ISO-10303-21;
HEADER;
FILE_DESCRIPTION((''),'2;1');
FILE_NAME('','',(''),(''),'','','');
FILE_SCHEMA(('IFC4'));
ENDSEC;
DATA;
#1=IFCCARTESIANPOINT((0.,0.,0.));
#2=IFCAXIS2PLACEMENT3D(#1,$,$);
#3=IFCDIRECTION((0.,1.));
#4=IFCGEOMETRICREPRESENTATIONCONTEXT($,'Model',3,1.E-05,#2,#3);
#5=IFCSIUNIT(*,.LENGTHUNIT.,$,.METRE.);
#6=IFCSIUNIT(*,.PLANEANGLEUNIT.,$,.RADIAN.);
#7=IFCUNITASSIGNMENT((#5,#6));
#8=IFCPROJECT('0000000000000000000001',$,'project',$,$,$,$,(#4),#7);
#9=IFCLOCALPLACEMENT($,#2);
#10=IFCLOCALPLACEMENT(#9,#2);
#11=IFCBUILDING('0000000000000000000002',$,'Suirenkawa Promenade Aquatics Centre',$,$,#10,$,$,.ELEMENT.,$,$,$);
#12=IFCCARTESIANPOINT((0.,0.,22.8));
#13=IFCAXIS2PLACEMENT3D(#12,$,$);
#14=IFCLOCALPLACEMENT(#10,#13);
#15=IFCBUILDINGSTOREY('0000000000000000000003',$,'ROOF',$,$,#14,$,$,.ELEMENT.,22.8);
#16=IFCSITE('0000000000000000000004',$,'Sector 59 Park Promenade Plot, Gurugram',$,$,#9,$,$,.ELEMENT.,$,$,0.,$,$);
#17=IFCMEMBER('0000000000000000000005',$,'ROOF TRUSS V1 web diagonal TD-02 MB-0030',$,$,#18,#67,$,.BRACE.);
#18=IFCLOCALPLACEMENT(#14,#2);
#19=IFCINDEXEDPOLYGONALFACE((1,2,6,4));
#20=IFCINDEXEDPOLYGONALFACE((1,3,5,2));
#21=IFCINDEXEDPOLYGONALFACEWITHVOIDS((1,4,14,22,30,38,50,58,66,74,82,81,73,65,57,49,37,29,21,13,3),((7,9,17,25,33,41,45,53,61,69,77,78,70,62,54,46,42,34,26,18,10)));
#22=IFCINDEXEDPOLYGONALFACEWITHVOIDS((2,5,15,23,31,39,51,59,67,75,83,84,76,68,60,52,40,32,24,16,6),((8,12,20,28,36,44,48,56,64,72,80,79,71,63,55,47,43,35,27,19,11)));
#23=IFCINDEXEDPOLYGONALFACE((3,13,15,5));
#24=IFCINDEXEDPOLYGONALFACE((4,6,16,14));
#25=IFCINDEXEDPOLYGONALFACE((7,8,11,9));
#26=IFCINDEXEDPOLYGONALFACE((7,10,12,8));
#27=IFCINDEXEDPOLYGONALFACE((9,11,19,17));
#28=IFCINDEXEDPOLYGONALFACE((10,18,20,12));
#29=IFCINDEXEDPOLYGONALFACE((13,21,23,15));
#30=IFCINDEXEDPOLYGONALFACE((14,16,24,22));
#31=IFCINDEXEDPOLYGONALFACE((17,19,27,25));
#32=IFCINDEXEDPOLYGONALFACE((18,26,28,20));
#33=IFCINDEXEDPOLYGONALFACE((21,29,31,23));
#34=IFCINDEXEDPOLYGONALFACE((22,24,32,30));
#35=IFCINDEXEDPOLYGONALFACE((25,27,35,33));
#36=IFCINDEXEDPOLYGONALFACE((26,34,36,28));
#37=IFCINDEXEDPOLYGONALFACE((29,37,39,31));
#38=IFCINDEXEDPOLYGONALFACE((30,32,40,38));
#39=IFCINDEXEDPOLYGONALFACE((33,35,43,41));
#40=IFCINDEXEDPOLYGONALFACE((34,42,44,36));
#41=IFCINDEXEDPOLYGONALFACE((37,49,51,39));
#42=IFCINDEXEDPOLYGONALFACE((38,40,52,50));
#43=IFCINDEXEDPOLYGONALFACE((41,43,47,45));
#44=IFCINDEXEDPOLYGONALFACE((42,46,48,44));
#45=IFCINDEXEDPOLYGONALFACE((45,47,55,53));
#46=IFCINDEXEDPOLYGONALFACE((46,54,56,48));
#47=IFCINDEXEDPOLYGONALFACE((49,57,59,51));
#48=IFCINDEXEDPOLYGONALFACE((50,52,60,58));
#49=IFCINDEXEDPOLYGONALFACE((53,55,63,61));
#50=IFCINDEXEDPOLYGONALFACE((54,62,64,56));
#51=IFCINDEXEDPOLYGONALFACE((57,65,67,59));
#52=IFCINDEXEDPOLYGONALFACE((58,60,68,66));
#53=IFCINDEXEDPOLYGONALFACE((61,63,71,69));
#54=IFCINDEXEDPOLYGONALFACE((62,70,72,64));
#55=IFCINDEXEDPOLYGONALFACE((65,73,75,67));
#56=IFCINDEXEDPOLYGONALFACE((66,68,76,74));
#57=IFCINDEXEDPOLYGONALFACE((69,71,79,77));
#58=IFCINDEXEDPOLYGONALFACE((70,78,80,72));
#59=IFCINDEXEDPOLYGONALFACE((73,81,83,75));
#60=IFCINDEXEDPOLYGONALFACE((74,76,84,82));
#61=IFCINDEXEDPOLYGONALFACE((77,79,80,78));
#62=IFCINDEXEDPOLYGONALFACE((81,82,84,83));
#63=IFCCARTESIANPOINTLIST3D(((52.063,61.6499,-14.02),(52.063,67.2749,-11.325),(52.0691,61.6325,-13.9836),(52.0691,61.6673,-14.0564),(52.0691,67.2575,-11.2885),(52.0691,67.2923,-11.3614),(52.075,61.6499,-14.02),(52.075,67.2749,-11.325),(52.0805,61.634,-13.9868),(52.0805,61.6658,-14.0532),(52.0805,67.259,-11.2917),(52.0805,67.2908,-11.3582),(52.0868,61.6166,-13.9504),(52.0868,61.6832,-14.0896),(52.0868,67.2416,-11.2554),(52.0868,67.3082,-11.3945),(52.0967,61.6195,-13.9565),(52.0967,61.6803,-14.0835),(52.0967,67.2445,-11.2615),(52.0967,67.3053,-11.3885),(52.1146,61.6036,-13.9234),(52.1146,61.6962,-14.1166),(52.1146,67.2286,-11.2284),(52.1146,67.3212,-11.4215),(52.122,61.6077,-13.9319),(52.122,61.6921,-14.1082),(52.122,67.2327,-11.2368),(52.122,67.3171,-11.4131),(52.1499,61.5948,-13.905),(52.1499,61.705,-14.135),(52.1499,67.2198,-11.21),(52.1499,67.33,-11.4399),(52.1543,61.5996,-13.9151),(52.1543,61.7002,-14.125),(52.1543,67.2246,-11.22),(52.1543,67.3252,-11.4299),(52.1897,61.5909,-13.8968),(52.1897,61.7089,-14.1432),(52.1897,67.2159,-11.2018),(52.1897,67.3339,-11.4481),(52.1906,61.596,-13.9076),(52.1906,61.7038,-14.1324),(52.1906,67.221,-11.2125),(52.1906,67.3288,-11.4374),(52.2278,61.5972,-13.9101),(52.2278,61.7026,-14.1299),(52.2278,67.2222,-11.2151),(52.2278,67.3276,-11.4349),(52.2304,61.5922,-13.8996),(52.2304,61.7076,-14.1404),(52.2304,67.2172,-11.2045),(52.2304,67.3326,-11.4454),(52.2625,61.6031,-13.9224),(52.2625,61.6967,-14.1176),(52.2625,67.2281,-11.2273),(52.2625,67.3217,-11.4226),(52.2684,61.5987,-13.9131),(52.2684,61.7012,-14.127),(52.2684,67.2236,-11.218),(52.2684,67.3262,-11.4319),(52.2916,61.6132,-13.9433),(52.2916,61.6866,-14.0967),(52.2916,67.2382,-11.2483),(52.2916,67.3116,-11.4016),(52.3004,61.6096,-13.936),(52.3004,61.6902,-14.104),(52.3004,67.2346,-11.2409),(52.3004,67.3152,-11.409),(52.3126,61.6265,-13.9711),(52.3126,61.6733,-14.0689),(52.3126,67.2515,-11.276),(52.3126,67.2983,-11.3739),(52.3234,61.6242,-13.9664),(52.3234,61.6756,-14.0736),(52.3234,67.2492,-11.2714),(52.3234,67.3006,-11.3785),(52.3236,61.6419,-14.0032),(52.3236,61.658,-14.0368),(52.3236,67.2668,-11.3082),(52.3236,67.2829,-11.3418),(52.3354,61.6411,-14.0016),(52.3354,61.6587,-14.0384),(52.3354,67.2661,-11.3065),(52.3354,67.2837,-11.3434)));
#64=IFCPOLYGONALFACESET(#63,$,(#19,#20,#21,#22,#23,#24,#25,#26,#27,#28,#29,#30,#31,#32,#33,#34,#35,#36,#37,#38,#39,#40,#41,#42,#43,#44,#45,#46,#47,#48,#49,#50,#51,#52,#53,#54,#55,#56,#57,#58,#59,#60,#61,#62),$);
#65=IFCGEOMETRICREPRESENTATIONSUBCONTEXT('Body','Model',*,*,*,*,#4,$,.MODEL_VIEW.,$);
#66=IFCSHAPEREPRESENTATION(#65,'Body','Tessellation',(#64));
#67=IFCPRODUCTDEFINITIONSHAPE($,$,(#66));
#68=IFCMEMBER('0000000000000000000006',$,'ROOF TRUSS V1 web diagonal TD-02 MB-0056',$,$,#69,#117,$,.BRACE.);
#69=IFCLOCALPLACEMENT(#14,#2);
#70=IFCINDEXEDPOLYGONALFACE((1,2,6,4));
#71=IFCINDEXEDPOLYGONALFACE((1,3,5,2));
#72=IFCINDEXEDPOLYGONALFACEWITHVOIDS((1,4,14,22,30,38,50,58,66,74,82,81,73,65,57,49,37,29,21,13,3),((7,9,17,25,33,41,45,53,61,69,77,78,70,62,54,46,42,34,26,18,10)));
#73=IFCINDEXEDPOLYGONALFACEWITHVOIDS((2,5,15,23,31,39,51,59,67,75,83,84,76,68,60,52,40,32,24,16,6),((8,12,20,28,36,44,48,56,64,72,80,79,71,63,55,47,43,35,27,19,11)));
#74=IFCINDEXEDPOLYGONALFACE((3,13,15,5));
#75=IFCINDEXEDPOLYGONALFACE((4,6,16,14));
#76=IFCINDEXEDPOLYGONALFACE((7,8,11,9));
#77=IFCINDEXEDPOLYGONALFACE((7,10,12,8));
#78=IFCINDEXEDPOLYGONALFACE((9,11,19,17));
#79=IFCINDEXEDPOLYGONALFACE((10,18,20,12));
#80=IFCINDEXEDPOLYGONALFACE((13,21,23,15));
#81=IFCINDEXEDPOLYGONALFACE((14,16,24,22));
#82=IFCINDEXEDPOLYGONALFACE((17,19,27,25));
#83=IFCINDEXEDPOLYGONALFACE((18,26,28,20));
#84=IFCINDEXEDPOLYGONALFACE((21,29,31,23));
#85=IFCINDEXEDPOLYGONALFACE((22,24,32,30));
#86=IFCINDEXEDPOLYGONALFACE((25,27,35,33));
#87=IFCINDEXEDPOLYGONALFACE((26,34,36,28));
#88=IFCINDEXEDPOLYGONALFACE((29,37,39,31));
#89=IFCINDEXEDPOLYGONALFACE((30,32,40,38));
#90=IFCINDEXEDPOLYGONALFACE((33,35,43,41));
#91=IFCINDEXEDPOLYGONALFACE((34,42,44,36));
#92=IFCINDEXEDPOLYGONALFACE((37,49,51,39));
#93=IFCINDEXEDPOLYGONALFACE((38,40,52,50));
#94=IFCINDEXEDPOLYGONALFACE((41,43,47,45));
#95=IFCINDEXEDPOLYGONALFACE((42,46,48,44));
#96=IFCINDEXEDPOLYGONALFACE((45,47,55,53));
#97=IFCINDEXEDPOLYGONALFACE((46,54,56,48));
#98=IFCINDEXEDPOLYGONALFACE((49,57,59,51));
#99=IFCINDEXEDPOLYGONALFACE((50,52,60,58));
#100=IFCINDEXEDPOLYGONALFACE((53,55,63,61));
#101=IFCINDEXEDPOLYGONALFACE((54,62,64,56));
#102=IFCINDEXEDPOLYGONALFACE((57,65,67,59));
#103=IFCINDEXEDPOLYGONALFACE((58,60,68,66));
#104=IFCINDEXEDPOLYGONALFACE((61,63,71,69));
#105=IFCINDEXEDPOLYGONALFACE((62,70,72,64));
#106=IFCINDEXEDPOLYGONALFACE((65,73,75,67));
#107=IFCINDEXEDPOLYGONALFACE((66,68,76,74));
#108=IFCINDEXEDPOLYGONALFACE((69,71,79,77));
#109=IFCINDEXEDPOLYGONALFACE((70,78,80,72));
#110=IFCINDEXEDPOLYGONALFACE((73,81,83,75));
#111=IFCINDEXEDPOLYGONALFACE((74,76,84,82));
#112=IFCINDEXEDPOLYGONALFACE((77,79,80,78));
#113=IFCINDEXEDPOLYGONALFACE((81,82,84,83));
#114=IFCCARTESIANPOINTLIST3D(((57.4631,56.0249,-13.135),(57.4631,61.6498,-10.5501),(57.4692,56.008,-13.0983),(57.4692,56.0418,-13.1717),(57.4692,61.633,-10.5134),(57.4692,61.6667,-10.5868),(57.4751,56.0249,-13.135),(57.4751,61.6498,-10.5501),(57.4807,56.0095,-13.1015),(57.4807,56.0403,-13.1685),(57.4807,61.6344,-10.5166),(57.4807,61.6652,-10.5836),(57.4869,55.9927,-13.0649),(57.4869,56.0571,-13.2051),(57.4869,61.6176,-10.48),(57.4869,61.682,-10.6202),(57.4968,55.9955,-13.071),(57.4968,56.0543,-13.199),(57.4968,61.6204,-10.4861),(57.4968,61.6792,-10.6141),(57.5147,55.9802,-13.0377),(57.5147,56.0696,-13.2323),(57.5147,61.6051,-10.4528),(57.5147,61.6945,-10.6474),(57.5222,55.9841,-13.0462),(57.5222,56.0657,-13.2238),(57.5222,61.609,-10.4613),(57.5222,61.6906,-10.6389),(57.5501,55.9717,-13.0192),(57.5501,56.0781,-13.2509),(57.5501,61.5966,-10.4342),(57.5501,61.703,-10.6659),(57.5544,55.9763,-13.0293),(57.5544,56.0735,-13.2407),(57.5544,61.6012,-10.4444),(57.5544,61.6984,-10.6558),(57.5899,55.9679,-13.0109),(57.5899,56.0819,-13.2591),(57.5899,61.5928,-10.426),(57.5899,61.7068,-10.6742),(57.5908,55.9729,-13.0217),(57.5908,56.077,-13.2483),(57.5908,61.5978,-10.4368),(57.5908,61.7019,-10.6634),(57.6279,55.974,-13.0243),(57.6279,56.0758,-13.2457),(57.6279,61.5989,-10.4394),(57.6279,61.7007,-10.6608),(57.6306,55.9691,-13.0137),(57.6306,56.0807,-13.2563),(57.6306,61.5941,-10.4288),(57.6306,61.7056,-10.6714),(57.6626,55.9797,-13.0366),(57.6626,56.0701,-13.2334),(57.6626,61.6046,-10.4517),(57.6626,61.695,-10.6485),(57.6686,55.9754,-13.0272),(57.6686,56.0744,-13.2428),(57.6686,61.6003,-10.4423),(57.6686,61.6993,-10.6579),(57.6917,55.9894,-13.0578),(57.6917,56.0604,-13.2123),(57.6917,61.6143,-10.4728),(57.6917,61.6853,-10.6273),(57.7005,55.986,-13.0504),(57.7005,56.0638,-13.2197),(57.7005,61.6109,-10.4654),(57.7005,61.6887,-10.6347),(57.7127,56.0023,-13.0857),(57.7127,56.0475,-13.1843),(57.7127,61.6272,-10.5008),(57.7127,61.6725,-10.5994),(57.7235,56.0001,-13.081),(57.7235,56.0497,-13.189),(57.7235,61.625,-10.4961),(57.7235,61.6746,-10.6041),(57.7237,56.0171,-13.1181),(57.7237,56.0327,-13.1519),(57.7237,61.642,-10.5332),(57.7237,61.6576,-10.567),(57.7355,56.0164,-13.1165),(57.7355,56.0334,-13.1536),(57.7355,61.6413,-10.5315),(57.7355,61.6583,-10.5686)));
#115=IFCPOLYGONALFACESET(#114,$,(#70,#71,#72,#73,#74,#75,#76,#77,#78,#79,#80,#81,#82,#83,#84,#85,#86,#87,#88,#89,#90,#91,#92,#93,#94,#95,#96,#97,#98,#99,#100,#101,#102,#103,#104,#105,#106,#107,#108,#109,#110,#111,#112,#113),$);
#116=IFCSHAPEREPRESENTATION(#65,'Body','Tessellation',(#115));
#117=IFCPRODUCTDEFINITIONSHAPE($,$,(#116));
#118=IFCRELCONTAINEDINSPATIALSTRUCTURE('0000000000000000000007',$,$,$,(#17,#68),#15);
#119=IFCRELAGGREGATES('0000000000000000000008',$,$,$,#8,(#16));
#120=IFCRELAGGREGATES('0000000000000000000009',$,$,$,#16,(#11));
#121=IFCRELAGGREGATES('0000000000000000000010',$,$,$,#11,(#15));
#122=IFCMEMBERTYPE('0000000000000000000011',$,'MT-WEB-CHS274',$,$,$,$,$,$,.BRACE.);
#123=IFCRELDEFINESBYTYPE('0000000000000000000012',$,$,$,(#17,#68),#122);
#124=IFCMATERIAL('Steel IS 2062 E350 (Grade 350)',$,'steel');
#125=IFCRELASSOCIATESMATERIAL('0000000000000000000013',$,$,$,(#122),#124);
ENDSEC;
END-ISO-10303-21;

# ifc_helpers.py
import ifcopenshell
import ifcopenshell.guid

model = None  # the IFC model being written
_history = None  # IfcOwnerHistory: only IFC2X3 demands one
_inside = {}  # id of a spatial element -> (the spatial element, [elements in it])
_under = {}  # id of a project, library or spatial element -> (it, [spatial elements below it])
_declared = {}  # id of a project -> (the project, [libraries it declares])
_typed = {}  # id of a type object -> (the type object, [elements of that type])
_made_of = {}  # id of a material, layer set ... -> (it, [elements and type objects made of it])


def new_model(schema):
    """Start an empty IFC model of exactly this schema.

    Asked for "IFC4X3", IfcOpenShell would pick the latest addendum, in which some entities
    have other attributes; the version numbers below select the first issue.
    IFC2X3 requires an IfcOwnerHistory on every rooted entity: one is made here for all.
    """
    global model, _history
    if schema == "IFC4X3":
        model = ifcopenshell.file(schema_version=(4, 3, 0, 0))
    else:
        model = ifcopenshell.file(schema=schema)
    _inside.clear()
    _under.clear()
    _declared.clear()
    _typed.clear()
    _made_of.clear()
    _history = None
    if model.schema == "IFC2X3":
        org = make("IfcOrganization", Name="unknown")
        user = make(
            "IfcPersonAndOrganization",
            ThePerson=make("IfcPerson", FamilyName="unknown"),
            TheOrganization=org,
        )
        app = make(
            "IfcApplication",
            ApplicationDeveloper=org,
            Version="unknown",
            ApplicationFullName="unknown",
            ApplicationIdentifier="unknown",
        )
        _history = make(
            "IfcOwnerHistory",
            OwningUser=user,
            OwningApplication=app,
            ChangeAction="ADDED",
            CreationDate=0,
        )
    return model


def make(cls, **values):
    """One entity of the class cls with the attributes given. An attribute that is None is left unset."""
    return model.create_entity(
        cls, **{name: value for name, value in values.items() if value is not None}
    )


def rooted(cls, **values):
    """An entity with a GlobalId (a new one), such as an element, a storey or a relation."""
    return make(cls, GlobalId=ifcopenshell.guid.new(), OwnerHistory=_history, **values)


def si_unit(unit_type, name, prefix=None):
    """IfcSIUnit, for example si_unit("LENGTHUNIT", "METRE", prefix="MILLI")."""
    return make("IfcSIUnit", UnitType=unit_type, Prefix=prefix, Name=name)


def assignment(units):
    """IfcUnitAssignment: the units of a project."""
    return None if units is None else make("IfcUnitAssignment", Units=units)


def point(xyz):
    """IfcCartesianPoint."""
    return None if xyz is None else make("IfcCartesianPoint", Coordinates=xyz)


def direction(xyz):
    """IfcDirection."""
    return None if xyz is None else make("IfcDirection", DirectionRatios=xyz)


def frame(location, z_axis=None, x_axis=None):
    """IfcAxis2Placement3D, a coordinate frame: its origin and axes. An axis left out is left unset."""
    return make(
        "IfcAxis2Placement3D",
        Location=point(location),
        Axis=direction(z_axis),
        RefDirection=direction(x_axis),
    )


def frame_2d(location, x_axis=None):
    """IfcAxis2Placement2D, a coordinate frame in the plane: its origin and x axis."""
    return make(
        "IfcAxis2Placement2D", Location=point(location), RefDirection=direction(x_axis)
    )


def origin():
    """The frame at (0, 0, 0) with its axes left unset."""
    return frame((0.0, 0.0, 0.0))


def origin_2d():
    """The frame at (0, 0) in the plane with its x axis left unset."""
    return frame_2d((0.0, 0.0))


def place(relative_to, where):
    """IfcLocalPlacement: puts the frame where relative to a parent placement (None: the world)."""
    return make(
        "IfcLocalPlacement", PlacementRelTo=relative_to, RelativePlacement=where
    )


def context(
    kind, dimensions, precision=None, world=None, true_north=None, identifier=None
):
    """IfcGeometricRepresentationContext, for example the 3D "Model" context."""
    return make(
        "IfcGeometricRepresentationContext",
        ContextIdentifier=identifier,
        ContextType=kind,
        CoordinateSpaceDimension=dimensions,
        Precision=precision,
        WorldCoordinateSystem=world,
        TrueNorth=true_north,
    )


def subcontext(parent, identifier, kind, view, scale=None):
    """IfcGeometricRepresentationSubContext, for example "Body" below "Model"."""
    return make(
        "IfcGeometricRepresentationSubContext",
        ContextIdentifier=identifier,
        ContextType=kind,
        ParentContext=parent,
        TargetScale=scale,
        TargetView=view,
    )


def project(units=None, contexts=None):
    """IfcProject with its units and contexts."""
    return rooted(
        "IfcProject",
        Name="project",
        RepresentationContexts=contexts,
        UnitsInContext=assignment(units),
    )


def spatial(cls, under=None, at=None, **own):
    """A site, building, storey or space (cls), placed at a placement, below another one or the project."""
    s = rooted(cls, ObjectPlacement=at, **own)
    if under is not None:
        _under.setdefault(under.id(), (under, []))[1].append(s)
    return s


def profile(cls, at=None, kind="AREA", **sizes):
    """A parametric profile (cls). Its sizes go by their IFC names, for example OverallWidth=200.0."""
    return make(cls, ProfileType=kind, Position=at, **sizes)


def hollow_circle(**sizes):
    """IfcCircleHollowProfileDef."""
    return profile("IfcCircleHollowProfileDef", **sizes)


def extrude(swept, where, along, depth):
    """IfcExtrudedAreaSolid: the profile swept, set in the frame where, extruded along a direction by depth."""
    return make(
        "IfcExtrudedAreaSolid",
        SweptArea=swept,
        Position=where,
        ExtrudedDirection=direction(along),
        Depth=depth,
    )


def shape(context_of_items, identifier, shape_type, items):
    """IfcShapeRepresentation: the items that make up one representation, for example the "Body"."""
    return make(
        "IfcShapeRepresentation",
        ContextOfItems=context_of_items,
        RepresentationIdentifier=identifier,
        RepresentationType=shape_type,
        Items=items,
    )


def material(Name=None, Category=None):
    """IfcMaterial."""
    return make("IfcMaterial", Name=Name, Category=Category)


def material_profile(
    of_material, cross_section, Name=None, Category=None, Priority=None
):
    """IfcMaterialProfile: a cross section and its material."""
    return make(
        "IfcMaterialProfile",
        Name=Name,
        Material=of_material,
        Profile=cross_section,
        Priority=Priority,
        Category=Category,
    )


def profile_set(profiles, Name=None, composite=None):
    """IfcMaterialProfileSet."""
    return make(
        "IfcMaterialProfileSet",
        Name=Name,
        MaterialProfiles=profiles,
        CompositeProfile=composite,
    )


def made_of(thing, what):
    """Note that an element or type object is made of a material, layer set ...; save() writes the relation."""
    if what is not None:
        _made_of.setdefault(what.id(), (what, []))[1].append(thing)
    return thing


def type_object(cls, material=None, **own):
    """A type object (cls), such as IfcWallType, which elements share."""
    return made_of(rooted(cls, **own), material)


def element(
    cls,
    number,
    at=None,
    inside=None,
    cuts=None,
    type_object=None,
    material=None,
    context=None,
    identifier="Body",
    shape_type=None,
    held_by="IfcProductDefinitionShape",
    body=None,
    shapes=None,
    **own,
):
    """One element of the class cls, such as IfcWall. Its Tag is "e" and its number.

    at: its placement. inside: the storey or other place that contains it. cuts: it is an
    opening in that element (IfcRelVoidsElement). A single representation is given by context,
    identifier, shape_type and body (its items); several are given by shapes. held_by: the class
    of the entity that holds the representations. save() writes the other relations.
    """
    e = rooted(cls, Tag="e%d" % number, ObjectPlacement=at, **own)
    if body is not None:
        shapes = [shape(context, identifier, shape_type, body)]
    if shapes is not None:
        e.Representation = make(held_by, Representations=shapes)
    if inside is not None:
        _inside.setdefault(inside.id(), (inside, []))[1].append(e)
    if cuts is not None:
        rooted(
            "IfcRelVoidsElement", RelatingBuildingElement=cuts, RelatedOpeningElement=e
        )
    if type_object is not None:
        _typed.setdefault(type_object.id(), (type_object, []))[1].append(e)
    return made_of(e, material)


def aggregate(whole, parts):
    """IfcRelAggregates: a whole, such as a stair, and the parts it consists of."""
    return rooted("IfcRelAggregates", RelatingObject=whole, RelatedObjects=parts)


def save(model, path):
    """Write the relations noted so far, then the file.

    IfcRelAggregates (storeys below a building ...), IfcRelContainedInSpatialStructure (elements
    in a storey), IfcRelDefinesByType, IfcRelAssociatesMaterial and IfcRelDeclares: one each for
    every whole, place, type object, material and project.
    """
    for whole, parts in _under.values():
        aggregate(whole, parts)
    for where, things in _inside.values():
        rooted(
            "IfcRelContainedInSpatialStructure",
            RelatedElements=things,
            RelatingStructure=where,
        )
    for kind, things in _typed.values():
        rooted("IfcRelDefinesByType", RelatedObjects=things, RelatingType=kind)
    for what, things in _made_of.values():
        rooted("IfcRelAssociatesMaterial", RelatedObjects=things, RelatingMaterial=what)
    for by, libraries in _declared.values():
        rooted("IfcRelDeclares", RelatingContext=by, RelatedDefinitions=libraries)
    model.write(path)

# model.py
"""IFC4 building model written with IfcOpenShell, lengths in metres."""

from ifc_helpers import new_model, si_unit, direction, frame, origin, origin_2d, place, context, subcontext, project, spatial, hollow_circle, extrude, material, material_profile, profile_set, type_object, element, save


model = new_model("IFC4")

# Units and contexts
model_context = context("Model", 3, precision=1e-05, world=origin(), true_north=direction((0.0, 1.0)))
body_context = subcontext(model_context, "Body", "Model", "MODEL_VIEW")
ifc_project = project(units=[si_unit("LENGTHUNIT", "METRE"), si_unit("PLANEANGLEUNIT", "RADIAN")], contexts=[model_context])

# Site, building, storey
site_placement = place(None, origin())
site = spatial("IfcSite", under=ifc_project, at=site_placement, Name="Sector 59 Park Promenade Plot, Gurugram", CompositionType="ELEMENT", RefElevation=0.0)
building_placement = place(site_placement, origin())
building = spatial("IfcBuilding", under=site, at=building_placement, Name="Suirenkawa Promenade Aquatics Centre", CompositionType="ELEMENT")
storey_placement = place(building_placement, frame((0.0, 0.0, 22.8)))
storey = spatial("IfcBuildingStorey", under=building, at=storey_placement, Name="ROOF", CompositionType="ELEMENT", Elevation=22.8)

# Shared definitions
ifc_material = material(Name="Steel IS 2062 E350 (Grade 350)", Category="steel")

# Members
ifc_material_profile_1 = material_profile(ifc_material, hollow_circle(Radius=0.137, WallThickness=0.012, at=origin_2d()), Name="CHS 274x12", Category="steel")
ifc_profile_set_1 = profile_set([ifc_material_profile_1], Name="Steel IS 2062 E350 (Grade 350)")
member_type_1 = type_object("IfcMemberType", Name="MT-WEB-CHS274", PredefinedType="BRACE", material=ifc_profile_set_1)
member_1_placement = place(storey_placement, frame((52.2, 61.6499, -14.02), z_axis=(0.0, 0.901831, 0.432088), x_axis=(-1.0, 0.0, 0.0)))
element("IfcMember", 1, at=member_1_placement, inside=storey, type_object=member_type_1, Name="ROOF TRUSS V1 web diagonal TD-02 MB-0030", PredefinedType="BRACE", context=body_context, shape_type="SweptSolid", body=[
    extrude(hollow_circle(Radius=0.137, WallThickness=0.012, at=origin_2d()), origin(), (0.0, 0.0, 1.0), 6.2373),
])
member_2_placement = place(storey_placement, frame((57.6001, 56.0249, -13.135), z_axis=(0.0, 0.908646, 0.417567), x_axis=(-1.0, 0.0, 0.0)))
element("IfcMember", 2, at=member_2_placement, inside=storey, type_object=member_type_1, Name="ROOF TRUSS V1 web diagonal TD-02 MB-0056", PredefinedType="BRACE", context=body_context, shape_type="SweptSolid", body=[
    extrude(hollow_circle(Radius=0.137, WallThickness=0.012, at=origin_2d()), origin(), (0.0, 0.0, 1.0), 6.1904),
])

save(model, "model.ifc")
